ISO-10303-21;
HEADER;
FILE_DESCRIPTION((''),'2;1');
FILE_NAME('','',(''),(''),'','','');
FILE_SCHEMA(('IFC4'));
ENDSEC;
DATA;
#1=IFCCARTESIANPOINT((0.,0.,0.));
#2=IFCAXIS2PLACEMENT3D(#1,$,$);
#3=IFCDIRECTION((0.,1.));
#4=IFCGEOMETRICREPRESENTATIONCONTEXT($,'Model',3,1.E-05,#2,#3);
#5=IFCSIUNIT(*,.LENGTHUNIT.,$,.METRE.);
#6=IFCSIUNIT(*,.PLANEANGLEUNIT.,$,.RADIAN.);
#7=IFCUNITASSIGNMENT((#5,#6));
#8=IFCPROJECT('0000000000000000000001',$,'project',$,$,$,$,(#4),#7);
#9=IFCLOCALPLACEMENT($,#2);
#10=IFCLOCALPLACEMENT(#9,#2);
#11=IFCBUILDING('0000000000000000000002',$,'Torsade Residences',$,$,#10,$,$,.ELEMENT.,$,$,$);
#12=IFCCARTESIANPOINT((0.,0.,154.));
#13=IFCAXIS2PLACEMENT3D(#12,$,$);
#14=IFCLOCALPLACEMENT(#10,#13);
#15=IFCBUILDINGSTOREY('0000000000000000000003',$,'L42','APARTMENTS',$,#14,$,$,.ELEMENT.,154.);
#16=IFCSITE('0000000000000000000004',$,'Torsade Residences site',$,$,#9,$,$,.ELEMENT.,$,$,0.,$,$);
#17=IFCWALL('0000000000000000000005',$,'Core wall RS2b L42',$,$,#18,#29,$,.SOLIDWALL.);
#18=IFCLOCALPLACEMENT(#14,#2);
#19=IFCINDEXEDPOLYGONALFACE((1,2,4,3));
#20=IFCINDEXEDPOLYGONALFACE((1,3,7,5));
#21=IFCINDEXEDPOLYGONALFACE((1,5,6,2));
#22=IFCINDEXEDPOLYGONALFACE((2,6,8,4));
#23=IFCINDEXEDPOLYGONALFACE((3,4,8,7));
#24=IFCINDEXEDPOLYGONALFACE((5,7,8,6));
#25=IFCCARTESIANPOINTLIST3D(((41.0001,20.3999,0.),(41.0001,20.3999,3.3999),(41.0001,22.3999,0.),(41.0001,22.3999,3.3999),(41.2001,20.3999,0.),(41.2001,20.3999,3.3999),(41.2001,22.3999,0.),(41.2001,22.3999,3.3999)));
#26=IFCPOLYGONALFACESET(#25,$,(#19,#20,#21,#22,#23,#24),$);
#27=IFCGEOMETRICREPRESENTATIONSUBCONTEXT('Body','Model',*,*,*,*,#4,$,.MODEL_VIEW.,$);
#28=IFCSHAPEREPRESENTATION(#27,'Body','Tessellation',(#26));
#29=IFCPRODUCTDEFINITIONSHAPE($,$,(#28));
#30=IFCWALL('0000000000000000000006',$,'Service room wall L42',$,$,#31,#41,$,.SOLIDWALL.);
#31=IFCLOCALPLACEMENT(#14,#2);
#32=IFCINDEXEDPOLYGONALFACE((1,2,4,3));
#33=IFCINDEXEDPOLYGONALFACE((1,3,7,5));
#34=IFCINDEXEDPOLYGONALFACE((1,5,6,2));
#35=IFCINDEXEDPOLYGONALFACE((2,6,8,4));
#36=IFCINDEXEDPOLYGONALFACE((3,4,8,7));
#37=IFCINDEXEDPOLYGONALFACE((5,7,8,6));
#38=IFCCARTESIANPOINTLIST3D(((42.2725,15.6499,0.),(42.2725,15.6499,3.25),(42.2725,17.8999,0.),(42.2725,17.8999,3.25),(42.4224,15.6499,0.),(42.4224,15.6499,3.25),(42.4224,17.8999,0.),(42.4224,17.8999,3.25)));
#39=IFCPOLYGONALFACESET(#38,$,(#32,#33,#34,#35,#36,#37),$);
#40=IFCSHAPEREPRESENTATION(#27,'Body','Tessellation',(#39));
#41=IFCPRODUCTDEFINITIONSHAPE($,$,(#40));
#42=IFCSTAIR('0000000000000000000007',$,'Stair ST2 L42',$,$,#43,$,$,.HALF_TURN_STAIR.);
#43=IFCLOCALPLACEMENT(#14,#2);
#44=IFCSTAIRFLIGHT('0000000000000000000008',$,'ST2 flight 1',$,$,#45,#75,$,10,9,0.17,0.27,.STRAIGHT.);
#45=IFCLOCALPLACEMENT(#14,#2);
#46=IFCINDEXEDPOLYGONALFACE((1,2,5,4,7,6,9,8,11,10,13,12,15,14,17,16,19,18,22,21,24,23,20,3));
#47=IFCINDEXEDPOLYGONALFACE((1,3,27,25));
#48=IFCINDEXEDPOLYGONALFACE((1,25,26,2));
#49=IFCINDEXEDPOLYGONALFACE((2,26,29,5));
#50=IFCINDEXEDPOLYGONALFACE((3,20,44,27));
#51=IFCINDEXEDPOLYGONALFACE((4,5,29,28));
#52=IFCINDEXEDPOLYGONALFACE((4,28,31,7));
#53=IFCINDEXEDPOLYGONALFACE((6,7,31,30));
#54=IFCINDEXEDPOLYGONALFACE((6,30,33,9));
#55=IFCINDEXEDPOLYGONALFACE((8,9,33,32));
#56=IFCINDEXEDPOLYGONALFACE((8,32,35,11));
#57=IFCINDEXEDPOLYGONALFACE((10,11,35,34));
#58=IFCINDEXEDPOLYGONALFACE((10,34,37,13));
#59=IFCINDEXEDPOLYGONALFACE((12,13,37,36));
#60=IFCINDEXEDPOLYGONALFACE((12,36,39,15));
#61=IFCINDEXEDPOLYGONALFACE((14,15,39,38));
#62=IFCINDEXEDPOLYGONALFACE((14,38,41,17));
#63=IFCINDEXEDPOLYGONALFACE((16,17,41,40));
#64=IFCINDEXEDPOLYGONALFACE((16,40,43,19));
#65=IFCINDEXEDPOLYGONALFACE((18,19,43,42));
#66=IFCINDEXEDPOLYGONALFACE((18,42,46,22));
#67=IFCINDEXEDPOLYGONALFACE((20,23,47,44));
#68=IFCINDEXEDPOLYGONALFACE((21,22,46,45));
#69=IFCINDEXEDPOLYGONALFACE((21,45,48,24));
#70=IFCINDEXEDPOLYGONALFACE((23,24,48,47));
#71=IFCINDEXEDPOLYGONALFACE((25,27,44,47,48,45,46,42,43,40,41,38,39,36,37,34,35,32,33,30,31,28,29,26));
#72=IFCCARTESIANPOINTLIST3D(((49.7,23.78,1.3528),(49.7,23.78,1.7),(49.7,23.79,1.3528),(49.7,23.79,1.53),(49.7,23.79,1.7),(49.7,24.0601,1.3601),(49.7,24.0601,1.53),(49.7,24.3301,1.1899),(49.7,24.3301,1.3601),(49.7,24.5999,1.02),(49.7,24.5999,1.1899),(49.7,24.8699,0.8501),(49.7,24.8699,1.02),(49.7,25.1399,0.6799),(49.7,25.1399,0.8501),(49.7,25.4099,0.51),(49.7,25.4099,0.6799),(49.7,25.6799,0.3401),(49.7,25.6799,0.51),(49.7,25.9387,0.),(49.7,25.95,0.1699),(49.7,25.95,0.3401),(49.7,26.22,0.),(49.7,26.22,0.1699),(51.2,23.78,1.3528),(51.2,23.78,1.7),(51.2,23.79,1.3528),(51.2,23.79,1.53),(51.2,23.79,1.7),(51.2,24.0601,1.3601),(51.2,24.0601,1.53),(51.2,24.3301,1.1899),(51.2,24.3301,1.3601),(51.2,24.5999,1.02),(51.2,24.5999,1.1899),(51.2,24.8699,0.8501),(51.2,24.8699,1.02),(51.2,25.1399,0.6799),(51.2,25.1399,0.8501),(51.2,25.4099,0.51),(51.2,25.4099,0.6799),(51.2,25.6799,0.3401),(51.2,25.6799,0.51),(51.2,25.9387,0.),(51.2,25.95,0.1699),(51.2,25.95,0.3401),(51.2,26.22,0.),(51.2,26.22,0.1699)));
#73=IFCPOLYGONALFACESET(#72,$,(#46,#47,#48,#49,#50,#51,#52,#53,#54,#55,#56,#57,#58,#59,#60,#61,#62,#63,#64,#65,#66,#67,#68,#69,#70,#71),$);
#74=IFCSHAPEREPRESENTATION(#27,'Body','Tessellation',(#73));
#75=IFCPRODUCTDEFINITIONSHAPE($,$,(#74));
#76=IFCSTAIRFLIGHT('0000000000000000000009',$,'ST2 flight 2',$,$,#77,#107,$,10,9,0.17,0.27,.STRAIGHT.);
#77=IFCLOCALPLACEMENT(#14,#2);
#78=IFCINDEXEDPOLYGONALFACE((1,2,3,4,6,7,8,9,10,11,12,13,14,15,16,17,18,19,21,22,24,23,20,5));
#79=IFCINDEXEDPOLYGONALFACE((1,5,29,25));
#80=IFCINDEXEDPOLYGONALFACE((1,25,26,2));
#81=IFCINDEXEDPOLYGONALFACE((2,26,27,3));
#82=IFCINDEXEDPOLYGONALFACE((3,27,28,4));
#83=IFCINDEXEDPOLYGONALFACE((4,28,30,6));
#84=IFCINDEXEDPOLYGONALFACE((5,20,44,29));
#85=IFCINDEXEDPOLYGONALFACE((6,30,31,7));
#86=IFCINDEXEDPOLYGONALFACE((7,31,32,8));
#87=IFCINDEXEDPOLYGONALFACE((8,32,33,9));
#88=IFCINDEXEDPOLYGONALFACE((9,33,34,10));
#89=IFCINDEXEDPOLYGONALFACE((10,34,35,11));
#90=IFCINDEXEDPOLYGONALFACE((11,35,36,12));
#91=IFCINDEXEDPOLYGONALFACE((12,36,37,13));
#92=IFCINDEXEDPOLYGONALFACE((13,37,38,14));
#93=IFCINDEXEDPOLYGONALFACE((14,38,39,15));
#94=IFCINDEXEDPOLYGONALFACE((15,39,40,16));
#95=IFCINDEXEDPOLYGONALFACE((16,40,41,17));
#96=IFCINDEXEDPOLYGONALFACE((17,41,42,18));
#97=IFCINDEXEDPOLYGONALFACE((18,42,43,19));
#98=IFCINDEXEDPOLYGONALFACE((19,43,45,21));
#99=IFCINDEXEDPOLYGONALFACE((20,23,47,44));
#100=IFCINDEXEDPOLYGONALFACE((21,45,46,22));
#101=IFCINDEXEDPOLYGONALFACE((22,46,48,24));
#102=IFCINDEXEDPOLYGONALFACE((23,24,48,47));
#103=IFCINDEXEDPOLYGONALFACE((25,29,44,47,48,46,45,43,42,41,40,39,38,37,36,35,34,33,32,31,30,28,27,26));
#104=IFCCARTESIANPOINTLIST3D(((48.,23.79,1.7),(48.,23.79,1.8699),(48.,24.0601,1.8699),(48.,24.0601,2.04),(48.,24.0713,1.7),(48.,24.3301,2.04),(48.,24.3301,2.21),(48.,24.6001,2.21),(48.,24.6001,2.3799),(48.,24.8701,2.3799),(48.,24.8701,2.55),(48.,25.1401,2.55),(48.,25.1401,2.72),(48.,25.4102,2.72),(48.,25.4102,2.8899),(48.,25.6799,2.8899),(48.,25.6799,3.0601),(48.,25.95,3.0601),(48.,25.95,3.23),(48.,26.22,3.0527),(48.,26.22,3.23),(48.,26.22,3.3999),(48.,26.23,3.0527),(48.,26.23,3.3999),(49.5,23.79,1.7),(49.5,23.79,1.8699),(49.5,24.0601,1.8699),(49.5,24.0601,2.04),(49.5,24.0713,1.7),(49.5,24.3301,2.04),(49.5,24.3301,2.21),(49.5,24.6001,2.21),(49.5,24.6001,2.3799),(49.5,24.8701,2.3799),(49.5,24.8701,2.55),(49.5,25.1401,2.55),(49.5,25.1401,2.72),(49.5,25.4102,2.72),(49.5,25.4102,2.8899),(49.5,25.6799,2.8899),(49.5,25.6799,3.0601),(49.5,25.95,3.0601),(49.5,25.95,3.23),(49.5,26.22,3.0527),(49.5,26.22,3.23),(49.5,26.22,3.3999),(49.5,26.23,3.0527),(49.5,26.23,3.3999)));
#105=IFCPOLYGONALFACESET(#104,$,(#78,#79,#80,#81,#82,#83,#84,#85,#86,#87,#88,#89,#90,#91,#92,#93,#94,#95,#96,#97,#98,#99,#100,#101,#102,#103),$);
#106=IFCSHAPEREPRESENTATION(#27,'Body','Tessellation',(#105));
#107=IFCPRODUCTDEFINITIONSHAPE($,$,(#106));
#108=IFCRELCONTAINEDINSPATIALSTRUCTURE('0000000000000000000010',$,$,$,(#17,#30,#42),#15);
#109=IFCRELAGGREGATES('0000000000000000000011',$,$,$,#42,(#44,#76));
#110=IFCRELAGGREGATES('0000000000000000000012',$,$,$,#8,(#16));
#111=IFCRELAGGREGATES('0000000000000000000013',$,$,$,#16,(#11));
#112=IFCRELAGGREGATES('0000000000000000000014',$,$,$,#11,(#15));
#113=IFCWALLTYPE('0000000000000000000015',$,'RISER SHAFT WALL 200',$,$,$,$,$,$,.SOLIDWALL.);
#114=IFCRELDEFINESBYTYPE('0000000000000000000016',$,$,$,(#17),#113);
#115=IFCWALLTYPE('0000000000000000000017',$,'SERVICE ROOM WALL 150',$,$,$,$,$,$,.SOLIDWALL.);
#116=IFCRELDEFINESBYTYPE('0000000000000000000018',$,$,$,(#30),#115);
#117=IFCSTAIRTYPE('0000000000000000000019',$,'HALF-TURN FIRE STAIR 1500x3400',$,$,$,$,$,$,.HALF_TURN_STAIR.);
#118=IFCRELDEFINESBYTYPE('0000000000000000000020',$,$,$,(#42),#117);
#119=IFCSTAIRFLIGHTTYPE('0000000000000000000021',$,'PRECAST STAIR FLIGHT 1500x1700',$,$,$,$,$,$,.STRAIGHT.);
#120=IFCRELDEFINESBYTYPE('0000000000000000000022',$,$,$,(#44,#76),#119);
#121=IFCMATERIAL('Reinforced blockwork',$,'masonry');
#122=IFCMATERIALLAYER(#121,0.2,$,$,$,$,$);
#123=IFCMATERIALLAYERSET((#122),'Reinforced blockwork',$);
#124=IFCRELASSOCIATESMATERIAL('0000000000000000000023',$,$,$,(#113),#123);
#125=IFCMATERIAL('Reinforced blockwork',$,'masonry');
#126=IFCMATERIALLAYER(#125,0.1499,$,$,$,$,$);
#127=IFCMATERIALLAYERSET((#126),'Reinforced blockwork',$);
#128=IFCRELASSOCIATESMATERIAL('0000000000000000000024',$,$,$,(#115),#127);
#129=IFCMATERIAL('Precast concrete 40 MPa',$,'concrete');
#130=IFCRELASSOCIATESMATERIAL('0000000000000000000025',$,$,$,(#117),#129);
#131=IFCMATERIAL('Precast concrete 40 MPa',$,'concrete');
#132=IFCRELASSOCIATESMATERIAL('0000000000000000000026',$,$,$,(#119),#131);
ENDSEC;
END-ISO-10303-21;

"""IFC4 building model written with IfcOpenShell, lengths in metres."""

from ifc_helpers import new_model, si_unit, direction, frame, frame_2d, origin, place, context, subcontext, project, spatial, polyline, rectangle, outline, extrude, material, layer, layer_set, type_object, element, aggregate, save


model = new_model("IFC4")

# Units and contexts
model_context = context("Model", 3, precision=1e-05, world=origin(), true_north=direction((0.0, 1.0)))
body_context = subcontext(model_context, "Body", "Model", "MODEL_VIEW")
ifc_project = project(units=[si_unit("LENGTHUNIT", "METRE"), si_unit("PLANEANGLEUNIT", "RADIAN")], contexts=[model_context])

# Site, building, storey
site_placement = place(None, origin())
site = spatial("IfcSite", under=ifc_project, at=site_placement, Name="Torsade Residences site", CompositionType="ELEMENT", RefElevation=0.0)
building_placement = place(site_placement, origin())
building = spatial("IfcBuilding", under=site, at=building_placement, Name="Torsade Residences", CompositionType="ELEMENT")
storey_placement = place(building_placement, frame((0.0, 0.0, 154.0)))
storey = spatial("IfcBuildingStorey", under=building, at=storey_placement, Name="L42", Description="APARTMENTS", CompositionType="ELEMENT", Elevation=154.0)

# Walls
ifc_material_1 = material(Name="Reinforced blockwork", Category="masonry")
ifc_layer_1 = layer(ifc_material_1, 0.2)
ifc_layer_set_1 = layer_set([ifc_layer_1], Name="Reinforced blockwork")
wall_type_1 = type_object("IfcWallType", Name="RISER SHAFT WALL 200", PredefinedType="SOLIDWALL", material=ifc_layer_set_1)
for number, where, z_axis, x_axis, name in (
    (1, (41.1001, 22.3999, 0.0), (0.0, 0.0, 1.0), (0.0, -1.0, 0.0), "Core wall RS2b L42"),
):
    element("IfcWall", number, at=place(storey_placement, frame(where, z_axis=z_axis, x_axis=x_axis)), inside=storey, type_object=wall_type_1, Name=name, PredefinedType="SOLIDWALL", context=body_context, shape_type="SweptSolid", body=[
        extrude(rectangle(XDim=2.0, YDim=0.2, at=frame_2d((1.0, 0.0))), origin(), (0.0, 0.0, 1.0), 3.3999),
    ])
ifc_material_2 = material(Name="Reinforced blockwork", Category="masonry")
ifc_layer_2 = layer(ifc_material_2, 0.1499)
ifc_layer_set_2 = layer_set([ifc_layer_2], Name="Reinforced blockwork")
wall_type_2 = type_object("IfcWallType", Name="SERVICE ROOM WALL 150", PredefinedType="SOLIDWALL", material=ifc_layer_set_2)
wall_1_placement = place(storey_placement, frame((42.3474, 15.6499, 0.0), z_axis=(0.0, 0.0, 1.0), x_axis=(0.0, 1.0, 0.0)))
element("IfcWall", 2, at=wall_1_placement, inside=storey, type_object=wall_type_2, Name="Service room wall L42", PredefinedType="SOLIDWALL", context=body_context, shape_type="SweptSolid", body=[
    extrude(rectangle(XDim=2.25, YDim=0.1499, at=frame_2d((1.125, 0.0))), origin(), (0.0, 0.0, 1.0), 3.25),
])

# Stair, stair flights
ifc_material_3 = material(Name="Precast concrete 40 MPa", Category="concrete")
stair_type = type_object("IfcStairType", Name="HALF-TURN FIRE STAIR 1500x3400", PredefinedType="HALF_TURN_STAIR", material=ifc_material_3)
stair_placement = place(storey_placement, origin())
stair = element("IfcStair", 3, at=stair_placement, inside=storey, type_object=stair_type, Name="Stair ST2 L42", PredefinedType="HALF_TURN_STAIR")
ifc_material_4 = material(Name="Precast concrete 40 MPa", Category="concrete")
stair_flight_type = type_object("IfcStairFlightType", Name="PRECAST STAIR FLIGHT 1500x1700", PredefinedType="STRAIGHT", material=ifc_material_4)
stair_flight_1_placement = place(storey_placement, frame((50.45, 26.22, 0.0), z_axis=(0.0, 0.0, 1.0), x_axis=(0.0, -1.0, 0.0)))
stair_flight_1 = element("IfcStairFlight", 4, at=stair_flight_1_placement, type_object=stair_flight_type, Name="ST2 flight 1", NumberOfRisers=10, NumberOfTreads=9, PredefinedType="STRAIGHT", RiserHeight=0.17, TreadLength=0.27, context=body_context, shape_type="SweptSolid", body=[
    extrude(outline(polyline([(0.0, 0.0), (0.0, 0.1699), (0.27, 0.1699), (0.27, 0.3401), (0.54, 0.3401), (0.54, 0.51), (0.8101, 0.51), (0.8101, 0.6799), (1.0801, 0.6799), (1.0801, 0.8501), (1.3501, 0.8501), (1.3501, 1.02), (1.6201, 1.02), (1.6201, 1.1899), (1.8899, 1.1899), (1.8899, 1.3601), (2.1599, 1.3601), (2.1599, 1.53), (2.4299, 1.53), (2.4299, 1.7), (2.4399, 1.7), (2.4399, 1.3528), (2.4299, 1.3528), (0.2812, 0.0), (0.0, 0.0)])), frame((0.0, 0.75, 0.0), z_axis=(0.0, -1.0, 0.0), x_axis=(1.0, 0.0, 0.0)), (0.0, 0.0, 1.0), 1.5),
])
stair_flight_2_placement = place(storey_placement, frame((48.75, 23.79, 1.7), z_axis=(0.0, 0.0, 1.0), x_axis=(0.0, 1.0, 0.0)))
stair_flight_2 = element("IfcStairFlight", 5, at=stair_flight_2_placement, type_object=stair_flight_type, Name="ST2 flight 2", NumberOfRisers=10, NumberOfTreads=9, PredefinedType="STRAIGHT", RiserHeight=0.17, TreadLength=0.27, context=body_context, shape_type="SweptSolid", body=[
    extrude(outline(polyline([(0.0, 0.0), (0.0, 0.1699), (0.27, 0.1699), (0.27, 0.3401), (0.54, 0.3401), (0.54, 0.51), (0.8101, 0.51), (0.8101, 0.6799), (1.0801, 0.6799), (1.0801, 0.8501), (1.3501, 0.8501), (1.3501, 1.02), (1.6201, 1.02), (1.6201, 1.1899), (1.8899, 1.1899), (1.8899, 1.3601), (2.1599, 1.3601), (2.1599, 1.53), (2.4299, 1.53), (2.4299, 1.7), (2.4399, 1.7), (2.4399, 1.3528), (2.4299, 1.3528), (0.2812, 0.0), (0.0, 0.0)])), frame((0.0, 0.75, 0.0), z_axis=(0.0, -1.0, 0.0), x_axis=(1.0, 0.0, 0.0)), (0.0, 0.0, 1.0), 1.5),
])
aggregate(stair, [stair_flight_1, stair_flight_2])

save(model, "model.ifc")
